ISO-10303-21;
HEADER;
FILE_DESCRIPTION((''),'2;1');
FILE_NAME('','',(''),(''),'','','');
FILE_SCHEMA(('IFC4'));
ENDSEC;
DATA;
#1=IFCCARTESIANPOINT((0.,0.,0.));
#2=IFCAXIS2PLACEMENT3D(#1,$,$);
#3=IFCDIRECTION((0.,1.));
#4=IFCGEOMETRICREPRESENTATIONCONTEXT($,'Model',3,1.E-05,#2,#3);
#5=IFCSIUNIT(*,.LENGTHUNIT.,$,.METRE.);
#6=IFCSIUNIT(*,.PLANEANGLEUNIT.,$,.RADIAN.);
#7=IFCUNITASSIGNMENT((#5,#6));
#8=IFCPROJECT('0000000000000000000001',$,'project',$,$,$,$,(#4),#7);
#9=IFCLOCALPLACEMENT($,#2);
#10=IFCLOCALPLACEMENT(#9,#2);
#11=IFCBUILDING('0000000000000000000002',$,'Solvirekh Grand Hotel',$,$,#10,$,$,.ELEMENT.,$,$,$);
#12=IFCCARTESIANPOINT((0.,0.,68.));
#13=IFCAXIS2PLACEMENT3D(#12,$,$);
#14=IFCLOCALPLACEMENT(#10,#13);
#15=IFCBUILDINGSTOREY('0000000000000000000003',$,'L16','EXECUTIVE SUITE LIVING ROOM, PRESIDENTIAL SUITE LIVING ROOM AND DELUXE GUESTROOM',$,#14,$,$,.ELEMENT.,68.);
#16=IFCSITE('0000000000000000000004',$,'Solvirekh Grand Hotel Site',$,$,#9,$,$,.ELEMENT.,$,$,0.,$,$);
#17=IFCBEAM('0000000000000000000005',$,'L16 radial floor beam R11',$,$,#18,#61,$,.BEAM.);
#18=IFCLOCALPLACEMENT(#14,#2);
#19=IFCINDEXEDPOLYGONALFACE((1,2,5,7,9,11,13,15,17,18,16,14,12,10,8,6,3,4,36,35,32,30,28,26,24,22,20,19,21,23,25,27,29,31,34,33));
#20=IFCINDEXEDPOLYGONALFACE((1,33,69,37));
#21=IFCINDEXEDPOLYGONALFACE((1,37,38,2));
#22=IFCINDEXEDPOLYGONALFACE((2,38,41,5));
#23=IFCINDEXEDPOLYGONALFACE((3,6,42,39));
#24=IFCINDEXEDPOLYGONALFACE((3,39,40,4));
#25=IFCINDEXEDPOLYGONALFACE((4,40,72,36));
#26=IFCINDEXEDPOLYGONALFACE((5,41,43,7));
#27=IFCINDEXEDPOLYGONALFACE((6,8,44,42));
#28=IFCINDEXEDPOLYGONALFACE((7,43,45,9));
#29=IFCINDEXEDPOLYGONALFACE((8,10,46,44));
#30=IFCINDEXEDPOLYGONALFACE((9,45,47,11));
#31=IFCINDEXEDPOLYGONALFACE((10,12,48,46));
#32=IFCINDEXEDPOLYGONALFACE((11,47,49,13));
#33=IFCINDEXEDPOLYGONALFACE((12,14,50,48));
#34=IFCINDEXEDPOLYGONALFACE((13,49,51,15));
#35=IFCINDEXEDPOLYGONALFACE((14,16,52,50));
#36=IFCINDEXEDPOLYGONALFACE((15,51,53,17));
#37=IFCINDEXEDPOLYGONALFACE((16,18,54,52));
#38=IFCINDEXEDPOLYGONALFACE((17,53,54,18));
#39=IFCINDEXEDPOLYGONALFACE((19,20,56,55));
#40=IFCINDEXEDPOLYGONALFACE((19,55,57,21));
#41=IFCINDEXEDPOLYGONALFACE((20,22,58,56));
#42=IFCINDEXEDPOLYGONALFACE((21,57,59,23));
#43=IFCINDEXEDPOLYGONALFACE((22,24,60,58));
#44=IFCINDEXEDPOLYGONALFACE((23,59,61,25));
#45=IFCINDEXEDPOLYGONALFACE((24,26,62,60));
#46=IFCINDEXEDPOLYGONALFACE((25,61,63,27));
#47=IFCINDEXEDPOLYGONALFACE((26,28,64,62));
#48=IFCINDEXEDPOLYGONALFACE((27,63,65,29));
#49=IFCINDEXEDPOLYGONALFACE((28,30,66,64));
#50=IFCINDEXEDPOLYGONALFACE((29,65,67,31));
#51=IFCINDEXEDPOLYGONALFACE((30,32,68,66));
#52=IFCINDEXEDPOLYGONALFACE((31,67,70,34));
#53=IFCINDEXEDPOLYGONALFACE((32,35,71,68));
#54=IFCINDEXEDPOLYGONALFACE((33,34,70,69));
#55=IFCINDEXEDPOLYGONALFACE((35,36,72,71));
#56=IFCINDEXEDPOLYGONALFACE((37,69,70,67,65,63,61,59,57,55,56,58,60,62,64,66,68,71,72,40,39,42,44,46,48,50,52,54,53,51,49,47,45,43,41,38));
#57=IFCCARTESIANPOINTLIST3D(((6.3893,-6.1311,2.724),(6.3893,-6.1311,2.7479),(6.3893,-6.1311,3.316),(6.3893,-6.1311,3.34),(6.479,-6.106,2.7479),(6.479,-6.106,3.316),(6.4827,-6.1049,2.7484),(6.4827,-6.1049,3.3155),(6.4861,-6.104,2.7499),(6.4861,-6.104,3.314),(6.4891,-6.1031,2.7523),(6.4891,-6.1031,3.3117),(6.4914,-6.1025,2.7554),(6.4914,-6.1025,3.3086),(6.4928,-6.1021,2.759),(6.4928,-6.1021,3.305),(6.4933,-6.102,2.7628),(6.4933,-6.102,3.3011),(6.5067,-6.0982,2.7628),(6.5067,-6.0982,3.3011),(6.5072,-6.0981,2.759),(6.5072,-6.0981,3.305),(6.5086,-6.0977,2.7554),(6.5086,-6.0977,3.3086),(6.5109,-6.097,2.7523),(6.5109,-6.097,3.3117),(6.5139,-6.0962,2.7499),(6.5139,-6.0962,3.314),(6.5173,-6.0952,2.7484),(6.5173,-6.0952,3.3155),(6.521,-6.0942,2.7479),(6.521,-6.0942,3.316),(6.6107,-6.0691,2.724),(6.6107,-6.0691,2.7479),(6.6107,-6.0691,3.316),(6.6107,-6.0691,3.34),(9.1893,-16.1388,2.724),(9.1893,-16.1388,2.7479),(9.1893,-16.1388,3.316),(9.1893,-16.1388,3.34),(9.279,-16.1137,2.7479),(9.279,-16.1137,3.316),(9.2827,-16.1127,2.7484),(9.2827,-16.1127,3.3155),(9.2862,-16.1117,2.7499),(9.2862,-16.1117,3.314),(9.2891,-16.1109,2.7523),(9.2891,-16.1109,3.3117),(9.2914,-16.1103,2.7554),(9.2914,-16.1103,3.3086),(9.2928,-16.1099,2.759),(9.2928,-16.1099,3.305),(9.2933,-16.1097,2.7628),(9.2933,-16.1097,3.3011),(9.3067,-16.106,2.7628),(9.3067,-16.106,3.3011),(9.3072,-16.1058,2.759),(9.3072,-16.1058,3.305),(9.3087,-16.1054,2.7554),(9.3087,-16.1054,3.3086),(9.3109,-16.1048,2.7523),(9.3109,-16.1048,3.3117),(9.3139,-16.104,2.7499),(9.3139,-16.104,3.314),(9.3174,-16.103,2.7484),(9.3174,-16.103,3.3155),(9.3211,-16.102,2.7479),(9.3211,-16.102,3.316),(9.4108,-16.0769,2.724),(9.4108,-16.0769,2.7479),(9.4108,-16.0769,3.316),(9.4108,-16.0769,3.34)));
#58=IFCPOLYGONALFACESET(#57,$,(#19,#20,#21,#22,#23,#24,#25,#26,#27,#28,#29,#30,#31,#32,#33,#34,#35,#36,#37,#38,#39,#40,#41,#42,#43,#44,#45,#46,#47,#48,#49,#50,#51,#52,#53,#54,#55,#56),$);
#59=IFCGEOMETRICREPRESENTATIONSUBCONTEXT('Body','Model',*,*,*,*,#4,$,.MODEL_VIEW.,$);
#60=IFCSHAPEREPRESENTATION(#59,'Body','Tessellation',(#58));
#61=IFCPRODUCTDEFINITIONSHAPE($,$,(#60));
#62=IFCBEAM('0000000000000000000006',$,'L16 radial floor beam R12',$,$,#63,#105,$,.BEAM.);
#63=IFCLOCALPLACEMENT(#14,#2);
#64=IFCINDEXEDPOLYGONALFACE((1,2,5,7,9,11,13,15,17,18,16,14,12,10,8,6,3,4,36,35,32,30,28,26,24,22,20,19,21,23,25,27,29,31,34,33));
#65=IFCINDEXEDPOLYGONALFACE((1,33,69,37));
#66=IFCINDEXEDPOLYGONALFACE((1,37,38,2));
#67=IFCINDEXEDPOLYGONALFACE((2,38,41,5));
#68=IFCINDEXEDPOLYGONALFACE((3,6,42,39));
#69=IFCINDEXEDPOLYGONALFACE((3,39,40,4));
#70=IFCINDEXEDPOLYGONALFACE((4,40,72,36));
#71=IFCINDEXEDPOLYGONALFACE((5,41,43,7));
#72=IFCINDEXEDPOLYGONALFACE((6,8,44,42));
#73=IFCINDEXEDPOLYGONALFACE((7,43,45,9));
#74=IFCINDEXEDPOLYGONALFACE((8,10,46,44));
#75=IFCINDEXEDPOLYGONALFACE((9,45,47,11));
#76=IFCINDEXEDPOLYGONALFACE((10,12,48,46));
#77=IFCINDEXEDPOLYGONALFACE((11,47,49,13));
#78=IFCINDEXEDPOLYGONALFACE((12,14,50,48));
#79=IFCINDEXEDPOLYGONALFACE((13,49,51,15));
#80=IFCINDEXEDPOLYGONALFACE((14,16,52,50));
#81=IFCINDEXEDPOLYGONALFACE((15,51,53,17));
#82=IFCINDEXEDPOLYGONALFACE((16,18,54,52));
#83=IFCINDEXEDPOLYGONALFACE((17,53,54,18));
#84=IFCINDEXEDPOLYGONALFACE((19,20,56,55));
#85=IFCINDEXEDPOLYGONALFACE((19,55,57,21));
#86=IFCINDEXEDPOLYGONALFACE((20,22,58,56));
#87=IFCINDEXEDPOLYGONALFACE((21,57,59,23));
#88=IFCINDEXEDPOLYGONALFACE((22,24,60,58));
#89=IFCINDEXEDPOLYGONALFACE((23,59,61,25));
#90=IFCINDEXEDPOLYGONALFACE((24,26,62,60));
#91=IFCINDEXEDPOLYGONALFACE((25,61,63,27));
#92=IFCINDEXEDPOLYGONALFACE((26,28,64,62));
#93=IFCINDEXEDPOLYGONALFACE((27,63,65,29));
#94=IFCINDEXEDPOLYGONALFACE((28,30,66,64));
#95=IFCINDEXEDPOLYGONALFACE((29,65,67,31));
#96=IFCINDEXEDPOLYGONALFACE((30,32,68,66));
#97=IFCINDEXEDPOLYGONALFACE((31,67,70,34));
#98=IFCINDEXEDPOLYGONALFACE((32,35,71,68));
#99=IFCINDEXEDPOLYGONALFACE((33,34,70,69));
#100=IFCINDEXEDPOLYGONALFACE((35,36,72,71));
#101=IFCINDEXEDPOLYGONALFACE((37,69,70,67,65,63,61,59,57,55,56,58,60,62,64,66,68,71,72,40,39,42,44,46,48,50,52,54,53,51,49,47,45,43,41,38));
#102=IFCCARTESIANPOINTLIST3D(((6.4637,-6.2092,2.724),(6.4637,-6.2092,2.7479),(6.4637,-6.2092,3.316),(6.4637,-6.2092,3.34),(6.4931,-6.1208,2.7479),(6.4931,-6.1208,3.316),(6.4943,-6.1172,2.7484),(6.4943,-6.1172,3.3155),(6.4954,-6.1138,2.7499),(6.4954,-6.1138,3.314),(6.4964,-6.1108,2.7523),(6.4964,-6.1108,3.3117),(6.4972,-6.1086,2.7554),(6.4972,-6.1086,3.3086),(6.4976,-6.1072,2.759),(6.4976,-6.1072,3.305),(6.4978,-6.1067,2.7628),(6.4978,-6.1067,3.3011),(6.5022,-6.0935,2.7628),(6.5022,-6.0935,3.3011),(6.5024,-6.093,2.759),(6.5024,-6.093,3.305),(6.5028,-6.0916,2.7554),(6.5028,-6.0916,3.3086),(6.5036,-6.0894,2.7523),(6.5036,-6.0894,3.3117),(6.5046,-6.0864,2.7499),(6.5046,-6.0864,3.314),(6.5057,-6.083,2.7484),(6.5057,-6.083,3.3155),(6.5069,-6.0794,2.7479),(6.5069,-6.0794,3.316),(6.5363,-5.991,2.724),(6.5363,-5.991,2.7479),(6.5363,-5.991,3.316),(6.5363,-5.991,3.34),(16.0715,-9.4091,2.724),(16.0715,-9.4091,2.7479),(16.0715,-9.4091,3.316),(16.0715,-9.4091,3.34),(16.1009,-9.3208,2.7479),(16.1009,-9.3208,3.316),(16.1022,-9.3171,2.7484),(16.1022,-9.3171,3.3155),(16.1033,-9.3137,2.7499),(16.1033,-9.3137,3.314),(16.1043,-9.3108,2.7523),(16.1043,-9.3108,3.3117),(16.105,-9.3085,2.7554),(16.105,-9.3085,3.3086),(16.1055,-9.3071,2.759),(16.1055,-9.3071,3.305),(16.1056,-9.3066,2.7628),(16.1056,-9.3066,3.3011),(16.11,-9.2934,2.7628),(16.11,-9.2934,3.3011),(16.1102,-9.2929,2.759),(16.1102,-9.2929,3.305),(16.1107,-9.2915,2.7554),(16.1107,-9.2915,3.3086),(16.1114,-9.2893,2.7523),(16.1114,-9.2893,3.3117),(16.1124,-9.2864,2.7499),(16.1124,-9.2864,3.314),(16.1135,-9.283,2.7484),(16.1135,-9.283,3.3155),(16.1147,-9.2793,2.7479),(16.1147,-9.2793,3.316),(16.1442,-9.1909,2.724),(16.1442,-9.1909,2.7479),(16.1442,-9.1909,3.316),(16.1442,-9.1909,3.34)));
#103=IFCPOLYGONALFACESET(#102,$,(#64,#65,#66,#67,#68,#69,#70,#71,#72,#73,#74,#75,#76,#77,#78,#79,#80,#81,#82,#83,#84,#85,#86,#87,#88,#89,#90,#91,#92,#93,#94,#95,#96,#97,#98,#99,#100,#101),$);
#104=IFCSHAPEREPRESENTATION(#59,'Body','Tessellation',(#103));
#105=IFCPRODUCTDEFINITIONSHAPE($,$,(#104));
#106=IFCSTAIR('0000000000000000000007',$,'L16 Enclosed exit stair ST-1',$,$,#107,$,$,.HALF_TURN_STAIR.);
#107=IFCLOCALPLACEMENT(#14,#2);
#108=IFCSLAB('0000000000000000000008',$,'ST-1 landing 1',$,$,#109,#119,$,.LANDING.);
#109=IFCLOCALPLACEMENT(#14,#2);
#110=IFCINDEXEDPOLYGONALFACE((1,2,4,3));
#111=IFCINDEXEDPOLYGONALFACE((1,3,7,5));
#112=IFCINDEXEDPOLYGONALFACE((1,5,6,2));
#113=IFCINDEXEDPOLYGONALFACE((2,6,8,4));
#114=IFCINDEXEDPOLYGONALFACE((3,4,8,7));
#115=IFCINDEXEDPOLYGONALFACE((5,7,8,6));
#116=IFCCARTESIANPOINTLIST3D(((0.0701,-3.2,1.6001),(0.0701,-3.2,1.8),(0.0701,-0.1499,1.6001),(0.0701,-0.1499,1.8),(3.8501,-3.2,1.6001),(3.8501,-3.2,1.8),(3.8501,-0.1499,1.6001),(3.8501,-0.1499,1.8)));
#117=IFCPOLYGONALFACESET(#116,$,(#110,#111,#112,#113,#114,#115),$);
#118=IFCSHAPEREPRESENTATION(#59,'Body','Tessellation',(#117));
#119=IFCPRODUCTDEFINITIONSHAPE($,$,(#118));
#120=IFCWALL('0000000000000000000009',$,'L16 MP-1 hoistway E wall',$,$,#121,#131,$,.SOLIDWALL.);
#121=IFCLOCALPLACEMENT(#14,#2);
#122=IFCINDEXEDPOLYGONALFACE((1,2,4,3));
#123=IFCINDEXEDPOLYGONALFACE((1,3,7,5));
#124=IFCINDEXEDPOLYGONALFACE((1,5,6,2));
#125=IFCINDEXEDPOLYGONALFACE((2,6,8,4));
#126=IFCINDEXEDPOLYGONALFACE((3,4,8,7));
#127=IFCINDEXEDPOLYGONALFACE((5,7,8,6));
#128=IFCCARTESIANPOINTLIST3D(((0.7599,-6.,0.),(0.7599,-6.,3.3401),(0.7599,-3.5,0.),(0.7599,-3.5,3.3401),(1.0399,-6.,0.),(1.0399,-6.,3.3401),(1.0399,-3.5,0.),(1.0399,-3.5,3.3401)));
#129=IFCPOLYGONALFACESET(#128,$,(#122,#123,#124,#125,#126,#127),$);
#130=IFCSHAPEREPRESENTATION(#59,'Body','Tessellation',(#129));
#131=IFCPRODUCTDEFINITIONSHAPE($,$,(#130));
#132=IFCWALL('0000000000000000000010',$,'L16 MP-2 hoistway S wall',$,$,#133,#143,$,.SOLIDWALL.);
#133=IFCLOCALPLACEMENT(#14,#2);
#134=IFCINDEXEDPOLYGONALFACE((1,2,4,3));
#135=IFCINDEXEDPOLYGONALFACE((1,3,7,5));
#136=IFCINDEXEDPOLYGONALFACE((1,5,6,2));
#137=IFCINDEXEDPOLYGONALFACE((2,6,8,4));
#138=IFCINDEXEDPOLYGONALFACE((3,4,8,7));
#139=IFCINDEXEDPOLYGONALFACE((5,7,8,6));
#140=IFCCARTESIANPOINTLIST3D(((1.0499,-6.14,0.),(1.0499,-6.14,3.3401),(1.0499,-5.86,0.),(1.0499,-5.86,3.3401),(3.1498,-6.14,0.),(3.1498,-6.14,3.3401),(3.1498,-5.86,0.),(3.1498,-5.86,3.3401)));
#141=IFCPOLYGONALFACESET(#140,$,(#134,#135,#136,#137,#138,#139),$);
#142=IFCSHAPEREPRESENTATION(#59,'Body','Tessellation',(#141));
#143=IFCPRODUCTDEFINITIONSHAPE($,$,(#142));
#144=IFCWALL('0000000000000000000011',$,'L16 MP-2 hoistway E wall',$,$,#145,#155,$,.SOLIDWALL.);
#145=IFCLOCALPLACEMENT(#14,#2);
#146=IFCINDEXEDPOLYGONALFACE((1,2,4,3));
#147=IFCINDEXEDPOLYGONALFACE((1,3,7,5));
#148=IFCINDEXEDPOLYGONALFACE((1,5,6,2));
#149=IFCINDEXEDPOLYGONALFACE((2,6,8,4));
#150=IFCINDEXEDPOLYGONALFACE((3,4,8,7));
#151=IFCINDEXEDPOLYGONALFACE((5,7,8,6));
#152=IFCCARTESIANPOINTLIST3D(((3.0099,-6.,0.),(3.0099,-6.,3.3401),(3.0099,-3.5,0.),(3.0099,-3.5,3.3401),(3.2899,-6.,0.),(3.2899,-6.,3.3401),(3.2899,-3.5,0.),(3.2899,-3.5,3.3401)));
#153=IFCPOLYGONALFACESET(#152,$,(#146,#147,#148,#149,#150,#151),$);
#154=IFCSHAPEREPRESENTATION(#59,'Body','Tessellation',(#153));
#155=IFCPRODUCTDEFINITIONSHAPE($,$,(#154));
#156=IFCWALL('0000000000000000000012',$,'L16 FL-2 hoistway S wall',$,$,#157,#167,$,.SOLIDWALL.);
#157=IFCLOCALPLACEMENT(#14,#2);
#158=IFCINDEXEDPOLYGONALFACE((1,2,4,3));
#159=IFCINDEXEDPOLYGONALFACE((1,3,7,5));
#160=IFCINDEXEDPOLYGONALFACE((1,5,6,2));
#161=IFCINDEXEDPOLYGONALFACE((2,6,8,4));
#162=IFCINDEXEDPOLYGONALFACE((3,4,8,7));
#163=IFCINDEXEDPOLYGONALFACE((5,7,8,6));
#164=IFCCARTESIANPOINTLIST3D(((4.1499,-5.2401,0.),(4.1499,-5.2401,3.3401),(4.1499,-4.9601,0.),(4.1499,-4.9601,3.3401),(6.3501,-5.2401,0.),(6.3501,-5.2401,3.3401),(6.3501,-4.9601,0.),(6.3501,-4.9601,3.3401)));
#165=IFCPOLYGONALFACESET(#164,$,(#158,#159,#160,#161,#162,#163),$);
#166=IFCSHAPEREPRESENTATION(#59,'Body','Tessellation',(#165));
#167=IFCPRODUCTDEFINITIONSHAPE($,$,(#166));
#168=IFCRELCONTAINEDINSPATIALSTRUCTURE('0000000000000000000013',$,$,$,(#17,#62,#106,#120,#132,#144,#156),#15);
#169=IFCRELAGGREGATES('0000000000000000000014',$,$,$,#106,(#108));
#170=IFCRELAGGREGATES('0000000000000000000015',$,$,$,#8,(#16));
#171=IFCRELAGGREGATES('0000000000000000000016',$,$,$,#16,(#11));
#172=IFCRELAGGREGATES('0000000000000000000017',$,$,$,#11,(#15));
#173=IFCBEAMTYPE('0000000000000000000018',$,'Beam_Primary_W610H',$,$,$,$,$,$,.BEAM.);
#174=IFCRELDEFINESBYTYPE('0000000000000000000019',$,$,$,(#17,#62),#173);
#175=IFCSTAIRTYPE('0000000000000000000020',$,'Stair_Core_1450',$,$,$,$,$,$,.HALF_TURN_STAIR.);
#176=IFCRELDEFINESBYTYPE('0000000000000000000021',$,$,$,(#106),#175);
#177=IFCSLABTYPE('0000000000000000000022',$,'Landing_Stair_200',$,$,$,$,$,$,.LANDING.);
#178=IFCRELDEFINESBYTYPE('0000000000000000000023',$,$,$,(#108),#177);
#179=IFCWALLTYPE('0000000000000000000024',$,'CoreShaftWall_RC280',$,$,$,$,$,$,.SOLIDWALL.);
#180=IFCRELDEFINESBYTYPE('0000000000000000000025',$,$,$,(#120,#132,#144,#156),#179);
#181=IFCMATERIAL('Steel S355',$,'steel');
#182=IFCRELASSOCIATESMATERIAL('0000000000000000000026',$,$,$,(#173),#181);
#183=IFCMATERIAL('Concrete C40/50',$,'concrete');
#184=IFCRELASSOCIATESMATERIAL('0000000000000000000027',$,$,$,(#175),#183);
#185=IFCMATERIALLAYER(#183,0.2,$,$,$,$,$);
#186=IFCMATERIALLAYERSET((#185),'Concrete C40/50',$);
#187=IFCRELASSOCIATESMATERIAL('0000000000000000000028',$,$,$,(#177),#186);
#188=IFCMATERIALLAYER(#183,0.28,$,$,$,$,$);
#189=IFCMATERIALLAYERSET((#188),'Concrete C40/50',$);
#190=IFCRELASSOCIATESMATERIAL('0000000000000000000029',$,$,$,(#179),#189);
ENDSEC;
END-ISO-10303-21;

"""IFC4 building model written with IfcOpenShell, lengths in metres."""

from ifc_helpers import new_model, si_unit, direction, frame, frame_2d, origin, origin_2d, place, context, subcontext, project, spatial, polyline, rectangle, i_section, outline, extrude, material, layer, layer_set, material_profile, profile_set, type_object, element, aggregate, save


model = new_model("IFC4")

# Units and contexts
model_context = context("Model", 3, precision=1e-05, world=origin(), true_north=direction((0.0, 1.0)))
body_context = subcontext(model_context, "Body", "Model", "MODEL_VIEW")
ifc_project = project(units=[si_unit("LENGTHUNIT", "METRE"), si_unit("PLANEANGLEUNIT", "RADIAN")], contexts=[model_context])

# Site, building, storey
site_placement = place(None, origin())
site = spatial("IfcSite", under=ifc_project, at=site_placement, Name="Solvirekh Grand Hotel Site", CompositionType="ELEMENT", RefElevation=0.0)
building_placement = place(site_placement, origin())
building = spatial("IfcBuilding", under=site, at=building_placement, Name="Solvirekh Grand Hotel", CompositionType="ELEMENT")
storey_placement = place(building_placement, frame((0.0, 0.0, 68.0)))
storey = spatial("IfcBuildingStorey", under=building, at=storey_placement, Name="L16", Description="EXECUTIVE SUITE LIVING ROOM, PRESIDENTIAL SUITE LIVING ROOM AND DELUXE GUESTROOM", CompositionType="ELEMENT", Elevation=68.0)

# Beams
ifc_material_1 = material(Name="Steel S355", Category="steel")
ifc_material_profile = material_profile(ifc_material_1, i_section(OverallWidth=0.23, OverallDepth=0.616, WebThickness=0.0139, FlangeThickness=0.0239, FilletRadius=0.0149, at=origin_2d()), Name="W610X174")
ifc_profile_set = profile_set([ifc_material_profile], Name="Steel S355")
beam_type = type_object("IfcBeamType", Name="Beam_Primary_W610H", PredefinedType="BEAM", material=ifc_profile_set)
beam_1_placement = place(storey_placement, frame((6.5, -6.1001, 3.032), z_axis=(0.269439, -0.963017, 0.0), x_axis=(0.963017, 0.269439, 0.0)))
element("IfcBeam", 1, at=beam_1_placement, inside=storey, type_object=beam_type, Name="L16 radial floor beam R11", PredefinedType="BEAM", context=body_context, shape_type="SweptSolid", body=[
    extrude(i_section(OverallWidth=0.23, OverallDepth=0.616, WebThickness=0.0139, FlangeThickness=0.0239, FilletRadius=0.0149, at=origin_2d()), origin(), (0.0, 0.0, 1.0), 10.3921),
])
beam_2_placement = place(storey_placement, frame((6.5, -6.1001, 3.032), z_axis=(0.948763, -0.315989, 0.0), x_axis=(0.315989, 0.948763, 0.0)))
element("IfcBeam", 2, at=beam_2_placement, inside=storey, type_object=beam_type, Name="L16 radial floor beam R12", PredefinedType="BEAM", context=body_context, shape_type="SweptSolid", body=[
    extrude(i_section(OverallWidth=0.23, OverallDepth=0.616, WebThickness=0.0139, FlangeThickness=0.0239, FilletRadius=0.0149, at=origin_2d()), origin(), (0.0, 0.0, 1.0), 10.1267),
])

# Stair, slab
ifc_material_2 = material(Name="Concrete C40/50", Category="concrete")
stair_type = type_object("IfcStairType", Name="Stair_Core_1450", PredefinedType="HALF_TURN_STAIR", material=ifc_material_2)
stair_placement = place(storey_placement, origin())
stair = element("IfcStair", 3, at=stair_placement, inside=storey, type_object=stair_type, Name="L16 Enclosed exit stair ST-1", PredefinedType="HALF_TURN_STAIR")
ifc_layer_1 = layer(ifc_material_2, 0.2)
ifc_layer_set_1 = layer_set([ifc_layer_1], Name="Concrete C40/50")
slab_type = type_object("IfcSlabType", Name="Landing_Stair_200", PredefinedType="LANDING", material=ifc_layer_set_1)
slab_placement = place(storey_placement, frame((0.0, 0.0, 1.6001)))
slab = element("IfcSlab", 4, at=slab_placement, type_object=slab_type, Name="ST-1 landing 1", PredefinedType="LANDING", context=body_context, shape_type="SweptSolid", body=[
    extrude(outline(polyline([(0.0701, -3.2), (3.8501, -3.2), (3.8501, -0.1499), (0.0701, -0.1499), (0.0701, -3.2)])), origin(), (0.0, 0.0, 1.0), 0.2),
])

# Walls
ifc_layer_2 = layer(ifc_material_2, 0.28)
ifc_layer_set_2 = layer_set([ifc_layer_2], Name="Concrete C40/50")
wall_type_1 = type_object("IfcWallType", Name="CoreShaftWall_RC280", PredefinedType="SOLIDWALL", material=ifc_layer_set_2)
wall_1_placement = place(storey_placement, frame((0.8999, -6.0, 0.0), z_axis=(0.0, 0.0, 1.0), x_axis=(0.0, 1.0, 0.0)))
element("IfcWall", 5, at=wall_1_placement, inside=storey, type_object=wall_type_1, Name="L16 MP-1 hoistway E wall", PredefinedType="SOLIDWALL", context=body_context, shape_type="SweptSolid", body=[
    extrude(rectangle(XDim=2.5, YDim=0.28, at=frame_2d((1.25, 0.0))), origin(), (0.0, 0.0, 1.0), 3.3401),
])
wall_2_placement = place(storey_placement, frame((1.05, -6.0, 0.0), z_axis=(0.0, 0.0, 1.0), x_axis=(1.0, 0.0, 0.0)))
element("IfcWall", 6, at=wall_2_placement, inside=storey, type_object=wall_type_1, Name="L16 MP-2 hoistway S wall", PredefinedType="SOLIDWALL", context=body_context, shape_type="SweptSolid", body=[
    extrude(rectangle(XDim=2.0999, YDim=0.28, at=frame_2d((1.0498, 0.0))), origin(), (0.0, 0.0, 1.0), 3.3401),
])
wall_3_placement = place(storey_placement, frame((3.1499, -6.0, 0.0), z_axis=(0.0, 0.0, 1.0), x_axis=(0.0, 1.0, 0.0)))
element("IfcWall", 7, at=wall_3_placement, inside=storey, type_object=wall_type_1, Name="L16 MP-2 hoistway E wall", PredefinedType="SOLIDWALL", context=body_context, shape_type="SweptSolid", body=[
    extrude(rectangle(XDim=2.5, YDim=0.28, at=frame_2d((1.25, 0.0))), origin(), (0.0, 0.0, 1.0), 3.3401),
])
wall_4_placement = place(storey_placement, frame((4.1499, -5.1001, 0.0), z_axis=(0.0, 0.0, 1.0), x_axis=(1.0, 0.0, 0.0)))
element("IfcWall", 8, at=wall_4_placement, inside=storey, type_object=wall_type_1, Name="L16 FL-2 hoistway S wall", PredefinedType="SOLIDWALL", context=body_context, shape_type="SweptSolid", body=[
    extrude(rectangle(XDim=2.2002, YDim=0.28, at=frame_2d((1.1001, 0.0))), origin(), (0.0, 0.0, 1.0), 3.3401),
])

aggregate(stair, [slab])

save(model, "model.ifc")
